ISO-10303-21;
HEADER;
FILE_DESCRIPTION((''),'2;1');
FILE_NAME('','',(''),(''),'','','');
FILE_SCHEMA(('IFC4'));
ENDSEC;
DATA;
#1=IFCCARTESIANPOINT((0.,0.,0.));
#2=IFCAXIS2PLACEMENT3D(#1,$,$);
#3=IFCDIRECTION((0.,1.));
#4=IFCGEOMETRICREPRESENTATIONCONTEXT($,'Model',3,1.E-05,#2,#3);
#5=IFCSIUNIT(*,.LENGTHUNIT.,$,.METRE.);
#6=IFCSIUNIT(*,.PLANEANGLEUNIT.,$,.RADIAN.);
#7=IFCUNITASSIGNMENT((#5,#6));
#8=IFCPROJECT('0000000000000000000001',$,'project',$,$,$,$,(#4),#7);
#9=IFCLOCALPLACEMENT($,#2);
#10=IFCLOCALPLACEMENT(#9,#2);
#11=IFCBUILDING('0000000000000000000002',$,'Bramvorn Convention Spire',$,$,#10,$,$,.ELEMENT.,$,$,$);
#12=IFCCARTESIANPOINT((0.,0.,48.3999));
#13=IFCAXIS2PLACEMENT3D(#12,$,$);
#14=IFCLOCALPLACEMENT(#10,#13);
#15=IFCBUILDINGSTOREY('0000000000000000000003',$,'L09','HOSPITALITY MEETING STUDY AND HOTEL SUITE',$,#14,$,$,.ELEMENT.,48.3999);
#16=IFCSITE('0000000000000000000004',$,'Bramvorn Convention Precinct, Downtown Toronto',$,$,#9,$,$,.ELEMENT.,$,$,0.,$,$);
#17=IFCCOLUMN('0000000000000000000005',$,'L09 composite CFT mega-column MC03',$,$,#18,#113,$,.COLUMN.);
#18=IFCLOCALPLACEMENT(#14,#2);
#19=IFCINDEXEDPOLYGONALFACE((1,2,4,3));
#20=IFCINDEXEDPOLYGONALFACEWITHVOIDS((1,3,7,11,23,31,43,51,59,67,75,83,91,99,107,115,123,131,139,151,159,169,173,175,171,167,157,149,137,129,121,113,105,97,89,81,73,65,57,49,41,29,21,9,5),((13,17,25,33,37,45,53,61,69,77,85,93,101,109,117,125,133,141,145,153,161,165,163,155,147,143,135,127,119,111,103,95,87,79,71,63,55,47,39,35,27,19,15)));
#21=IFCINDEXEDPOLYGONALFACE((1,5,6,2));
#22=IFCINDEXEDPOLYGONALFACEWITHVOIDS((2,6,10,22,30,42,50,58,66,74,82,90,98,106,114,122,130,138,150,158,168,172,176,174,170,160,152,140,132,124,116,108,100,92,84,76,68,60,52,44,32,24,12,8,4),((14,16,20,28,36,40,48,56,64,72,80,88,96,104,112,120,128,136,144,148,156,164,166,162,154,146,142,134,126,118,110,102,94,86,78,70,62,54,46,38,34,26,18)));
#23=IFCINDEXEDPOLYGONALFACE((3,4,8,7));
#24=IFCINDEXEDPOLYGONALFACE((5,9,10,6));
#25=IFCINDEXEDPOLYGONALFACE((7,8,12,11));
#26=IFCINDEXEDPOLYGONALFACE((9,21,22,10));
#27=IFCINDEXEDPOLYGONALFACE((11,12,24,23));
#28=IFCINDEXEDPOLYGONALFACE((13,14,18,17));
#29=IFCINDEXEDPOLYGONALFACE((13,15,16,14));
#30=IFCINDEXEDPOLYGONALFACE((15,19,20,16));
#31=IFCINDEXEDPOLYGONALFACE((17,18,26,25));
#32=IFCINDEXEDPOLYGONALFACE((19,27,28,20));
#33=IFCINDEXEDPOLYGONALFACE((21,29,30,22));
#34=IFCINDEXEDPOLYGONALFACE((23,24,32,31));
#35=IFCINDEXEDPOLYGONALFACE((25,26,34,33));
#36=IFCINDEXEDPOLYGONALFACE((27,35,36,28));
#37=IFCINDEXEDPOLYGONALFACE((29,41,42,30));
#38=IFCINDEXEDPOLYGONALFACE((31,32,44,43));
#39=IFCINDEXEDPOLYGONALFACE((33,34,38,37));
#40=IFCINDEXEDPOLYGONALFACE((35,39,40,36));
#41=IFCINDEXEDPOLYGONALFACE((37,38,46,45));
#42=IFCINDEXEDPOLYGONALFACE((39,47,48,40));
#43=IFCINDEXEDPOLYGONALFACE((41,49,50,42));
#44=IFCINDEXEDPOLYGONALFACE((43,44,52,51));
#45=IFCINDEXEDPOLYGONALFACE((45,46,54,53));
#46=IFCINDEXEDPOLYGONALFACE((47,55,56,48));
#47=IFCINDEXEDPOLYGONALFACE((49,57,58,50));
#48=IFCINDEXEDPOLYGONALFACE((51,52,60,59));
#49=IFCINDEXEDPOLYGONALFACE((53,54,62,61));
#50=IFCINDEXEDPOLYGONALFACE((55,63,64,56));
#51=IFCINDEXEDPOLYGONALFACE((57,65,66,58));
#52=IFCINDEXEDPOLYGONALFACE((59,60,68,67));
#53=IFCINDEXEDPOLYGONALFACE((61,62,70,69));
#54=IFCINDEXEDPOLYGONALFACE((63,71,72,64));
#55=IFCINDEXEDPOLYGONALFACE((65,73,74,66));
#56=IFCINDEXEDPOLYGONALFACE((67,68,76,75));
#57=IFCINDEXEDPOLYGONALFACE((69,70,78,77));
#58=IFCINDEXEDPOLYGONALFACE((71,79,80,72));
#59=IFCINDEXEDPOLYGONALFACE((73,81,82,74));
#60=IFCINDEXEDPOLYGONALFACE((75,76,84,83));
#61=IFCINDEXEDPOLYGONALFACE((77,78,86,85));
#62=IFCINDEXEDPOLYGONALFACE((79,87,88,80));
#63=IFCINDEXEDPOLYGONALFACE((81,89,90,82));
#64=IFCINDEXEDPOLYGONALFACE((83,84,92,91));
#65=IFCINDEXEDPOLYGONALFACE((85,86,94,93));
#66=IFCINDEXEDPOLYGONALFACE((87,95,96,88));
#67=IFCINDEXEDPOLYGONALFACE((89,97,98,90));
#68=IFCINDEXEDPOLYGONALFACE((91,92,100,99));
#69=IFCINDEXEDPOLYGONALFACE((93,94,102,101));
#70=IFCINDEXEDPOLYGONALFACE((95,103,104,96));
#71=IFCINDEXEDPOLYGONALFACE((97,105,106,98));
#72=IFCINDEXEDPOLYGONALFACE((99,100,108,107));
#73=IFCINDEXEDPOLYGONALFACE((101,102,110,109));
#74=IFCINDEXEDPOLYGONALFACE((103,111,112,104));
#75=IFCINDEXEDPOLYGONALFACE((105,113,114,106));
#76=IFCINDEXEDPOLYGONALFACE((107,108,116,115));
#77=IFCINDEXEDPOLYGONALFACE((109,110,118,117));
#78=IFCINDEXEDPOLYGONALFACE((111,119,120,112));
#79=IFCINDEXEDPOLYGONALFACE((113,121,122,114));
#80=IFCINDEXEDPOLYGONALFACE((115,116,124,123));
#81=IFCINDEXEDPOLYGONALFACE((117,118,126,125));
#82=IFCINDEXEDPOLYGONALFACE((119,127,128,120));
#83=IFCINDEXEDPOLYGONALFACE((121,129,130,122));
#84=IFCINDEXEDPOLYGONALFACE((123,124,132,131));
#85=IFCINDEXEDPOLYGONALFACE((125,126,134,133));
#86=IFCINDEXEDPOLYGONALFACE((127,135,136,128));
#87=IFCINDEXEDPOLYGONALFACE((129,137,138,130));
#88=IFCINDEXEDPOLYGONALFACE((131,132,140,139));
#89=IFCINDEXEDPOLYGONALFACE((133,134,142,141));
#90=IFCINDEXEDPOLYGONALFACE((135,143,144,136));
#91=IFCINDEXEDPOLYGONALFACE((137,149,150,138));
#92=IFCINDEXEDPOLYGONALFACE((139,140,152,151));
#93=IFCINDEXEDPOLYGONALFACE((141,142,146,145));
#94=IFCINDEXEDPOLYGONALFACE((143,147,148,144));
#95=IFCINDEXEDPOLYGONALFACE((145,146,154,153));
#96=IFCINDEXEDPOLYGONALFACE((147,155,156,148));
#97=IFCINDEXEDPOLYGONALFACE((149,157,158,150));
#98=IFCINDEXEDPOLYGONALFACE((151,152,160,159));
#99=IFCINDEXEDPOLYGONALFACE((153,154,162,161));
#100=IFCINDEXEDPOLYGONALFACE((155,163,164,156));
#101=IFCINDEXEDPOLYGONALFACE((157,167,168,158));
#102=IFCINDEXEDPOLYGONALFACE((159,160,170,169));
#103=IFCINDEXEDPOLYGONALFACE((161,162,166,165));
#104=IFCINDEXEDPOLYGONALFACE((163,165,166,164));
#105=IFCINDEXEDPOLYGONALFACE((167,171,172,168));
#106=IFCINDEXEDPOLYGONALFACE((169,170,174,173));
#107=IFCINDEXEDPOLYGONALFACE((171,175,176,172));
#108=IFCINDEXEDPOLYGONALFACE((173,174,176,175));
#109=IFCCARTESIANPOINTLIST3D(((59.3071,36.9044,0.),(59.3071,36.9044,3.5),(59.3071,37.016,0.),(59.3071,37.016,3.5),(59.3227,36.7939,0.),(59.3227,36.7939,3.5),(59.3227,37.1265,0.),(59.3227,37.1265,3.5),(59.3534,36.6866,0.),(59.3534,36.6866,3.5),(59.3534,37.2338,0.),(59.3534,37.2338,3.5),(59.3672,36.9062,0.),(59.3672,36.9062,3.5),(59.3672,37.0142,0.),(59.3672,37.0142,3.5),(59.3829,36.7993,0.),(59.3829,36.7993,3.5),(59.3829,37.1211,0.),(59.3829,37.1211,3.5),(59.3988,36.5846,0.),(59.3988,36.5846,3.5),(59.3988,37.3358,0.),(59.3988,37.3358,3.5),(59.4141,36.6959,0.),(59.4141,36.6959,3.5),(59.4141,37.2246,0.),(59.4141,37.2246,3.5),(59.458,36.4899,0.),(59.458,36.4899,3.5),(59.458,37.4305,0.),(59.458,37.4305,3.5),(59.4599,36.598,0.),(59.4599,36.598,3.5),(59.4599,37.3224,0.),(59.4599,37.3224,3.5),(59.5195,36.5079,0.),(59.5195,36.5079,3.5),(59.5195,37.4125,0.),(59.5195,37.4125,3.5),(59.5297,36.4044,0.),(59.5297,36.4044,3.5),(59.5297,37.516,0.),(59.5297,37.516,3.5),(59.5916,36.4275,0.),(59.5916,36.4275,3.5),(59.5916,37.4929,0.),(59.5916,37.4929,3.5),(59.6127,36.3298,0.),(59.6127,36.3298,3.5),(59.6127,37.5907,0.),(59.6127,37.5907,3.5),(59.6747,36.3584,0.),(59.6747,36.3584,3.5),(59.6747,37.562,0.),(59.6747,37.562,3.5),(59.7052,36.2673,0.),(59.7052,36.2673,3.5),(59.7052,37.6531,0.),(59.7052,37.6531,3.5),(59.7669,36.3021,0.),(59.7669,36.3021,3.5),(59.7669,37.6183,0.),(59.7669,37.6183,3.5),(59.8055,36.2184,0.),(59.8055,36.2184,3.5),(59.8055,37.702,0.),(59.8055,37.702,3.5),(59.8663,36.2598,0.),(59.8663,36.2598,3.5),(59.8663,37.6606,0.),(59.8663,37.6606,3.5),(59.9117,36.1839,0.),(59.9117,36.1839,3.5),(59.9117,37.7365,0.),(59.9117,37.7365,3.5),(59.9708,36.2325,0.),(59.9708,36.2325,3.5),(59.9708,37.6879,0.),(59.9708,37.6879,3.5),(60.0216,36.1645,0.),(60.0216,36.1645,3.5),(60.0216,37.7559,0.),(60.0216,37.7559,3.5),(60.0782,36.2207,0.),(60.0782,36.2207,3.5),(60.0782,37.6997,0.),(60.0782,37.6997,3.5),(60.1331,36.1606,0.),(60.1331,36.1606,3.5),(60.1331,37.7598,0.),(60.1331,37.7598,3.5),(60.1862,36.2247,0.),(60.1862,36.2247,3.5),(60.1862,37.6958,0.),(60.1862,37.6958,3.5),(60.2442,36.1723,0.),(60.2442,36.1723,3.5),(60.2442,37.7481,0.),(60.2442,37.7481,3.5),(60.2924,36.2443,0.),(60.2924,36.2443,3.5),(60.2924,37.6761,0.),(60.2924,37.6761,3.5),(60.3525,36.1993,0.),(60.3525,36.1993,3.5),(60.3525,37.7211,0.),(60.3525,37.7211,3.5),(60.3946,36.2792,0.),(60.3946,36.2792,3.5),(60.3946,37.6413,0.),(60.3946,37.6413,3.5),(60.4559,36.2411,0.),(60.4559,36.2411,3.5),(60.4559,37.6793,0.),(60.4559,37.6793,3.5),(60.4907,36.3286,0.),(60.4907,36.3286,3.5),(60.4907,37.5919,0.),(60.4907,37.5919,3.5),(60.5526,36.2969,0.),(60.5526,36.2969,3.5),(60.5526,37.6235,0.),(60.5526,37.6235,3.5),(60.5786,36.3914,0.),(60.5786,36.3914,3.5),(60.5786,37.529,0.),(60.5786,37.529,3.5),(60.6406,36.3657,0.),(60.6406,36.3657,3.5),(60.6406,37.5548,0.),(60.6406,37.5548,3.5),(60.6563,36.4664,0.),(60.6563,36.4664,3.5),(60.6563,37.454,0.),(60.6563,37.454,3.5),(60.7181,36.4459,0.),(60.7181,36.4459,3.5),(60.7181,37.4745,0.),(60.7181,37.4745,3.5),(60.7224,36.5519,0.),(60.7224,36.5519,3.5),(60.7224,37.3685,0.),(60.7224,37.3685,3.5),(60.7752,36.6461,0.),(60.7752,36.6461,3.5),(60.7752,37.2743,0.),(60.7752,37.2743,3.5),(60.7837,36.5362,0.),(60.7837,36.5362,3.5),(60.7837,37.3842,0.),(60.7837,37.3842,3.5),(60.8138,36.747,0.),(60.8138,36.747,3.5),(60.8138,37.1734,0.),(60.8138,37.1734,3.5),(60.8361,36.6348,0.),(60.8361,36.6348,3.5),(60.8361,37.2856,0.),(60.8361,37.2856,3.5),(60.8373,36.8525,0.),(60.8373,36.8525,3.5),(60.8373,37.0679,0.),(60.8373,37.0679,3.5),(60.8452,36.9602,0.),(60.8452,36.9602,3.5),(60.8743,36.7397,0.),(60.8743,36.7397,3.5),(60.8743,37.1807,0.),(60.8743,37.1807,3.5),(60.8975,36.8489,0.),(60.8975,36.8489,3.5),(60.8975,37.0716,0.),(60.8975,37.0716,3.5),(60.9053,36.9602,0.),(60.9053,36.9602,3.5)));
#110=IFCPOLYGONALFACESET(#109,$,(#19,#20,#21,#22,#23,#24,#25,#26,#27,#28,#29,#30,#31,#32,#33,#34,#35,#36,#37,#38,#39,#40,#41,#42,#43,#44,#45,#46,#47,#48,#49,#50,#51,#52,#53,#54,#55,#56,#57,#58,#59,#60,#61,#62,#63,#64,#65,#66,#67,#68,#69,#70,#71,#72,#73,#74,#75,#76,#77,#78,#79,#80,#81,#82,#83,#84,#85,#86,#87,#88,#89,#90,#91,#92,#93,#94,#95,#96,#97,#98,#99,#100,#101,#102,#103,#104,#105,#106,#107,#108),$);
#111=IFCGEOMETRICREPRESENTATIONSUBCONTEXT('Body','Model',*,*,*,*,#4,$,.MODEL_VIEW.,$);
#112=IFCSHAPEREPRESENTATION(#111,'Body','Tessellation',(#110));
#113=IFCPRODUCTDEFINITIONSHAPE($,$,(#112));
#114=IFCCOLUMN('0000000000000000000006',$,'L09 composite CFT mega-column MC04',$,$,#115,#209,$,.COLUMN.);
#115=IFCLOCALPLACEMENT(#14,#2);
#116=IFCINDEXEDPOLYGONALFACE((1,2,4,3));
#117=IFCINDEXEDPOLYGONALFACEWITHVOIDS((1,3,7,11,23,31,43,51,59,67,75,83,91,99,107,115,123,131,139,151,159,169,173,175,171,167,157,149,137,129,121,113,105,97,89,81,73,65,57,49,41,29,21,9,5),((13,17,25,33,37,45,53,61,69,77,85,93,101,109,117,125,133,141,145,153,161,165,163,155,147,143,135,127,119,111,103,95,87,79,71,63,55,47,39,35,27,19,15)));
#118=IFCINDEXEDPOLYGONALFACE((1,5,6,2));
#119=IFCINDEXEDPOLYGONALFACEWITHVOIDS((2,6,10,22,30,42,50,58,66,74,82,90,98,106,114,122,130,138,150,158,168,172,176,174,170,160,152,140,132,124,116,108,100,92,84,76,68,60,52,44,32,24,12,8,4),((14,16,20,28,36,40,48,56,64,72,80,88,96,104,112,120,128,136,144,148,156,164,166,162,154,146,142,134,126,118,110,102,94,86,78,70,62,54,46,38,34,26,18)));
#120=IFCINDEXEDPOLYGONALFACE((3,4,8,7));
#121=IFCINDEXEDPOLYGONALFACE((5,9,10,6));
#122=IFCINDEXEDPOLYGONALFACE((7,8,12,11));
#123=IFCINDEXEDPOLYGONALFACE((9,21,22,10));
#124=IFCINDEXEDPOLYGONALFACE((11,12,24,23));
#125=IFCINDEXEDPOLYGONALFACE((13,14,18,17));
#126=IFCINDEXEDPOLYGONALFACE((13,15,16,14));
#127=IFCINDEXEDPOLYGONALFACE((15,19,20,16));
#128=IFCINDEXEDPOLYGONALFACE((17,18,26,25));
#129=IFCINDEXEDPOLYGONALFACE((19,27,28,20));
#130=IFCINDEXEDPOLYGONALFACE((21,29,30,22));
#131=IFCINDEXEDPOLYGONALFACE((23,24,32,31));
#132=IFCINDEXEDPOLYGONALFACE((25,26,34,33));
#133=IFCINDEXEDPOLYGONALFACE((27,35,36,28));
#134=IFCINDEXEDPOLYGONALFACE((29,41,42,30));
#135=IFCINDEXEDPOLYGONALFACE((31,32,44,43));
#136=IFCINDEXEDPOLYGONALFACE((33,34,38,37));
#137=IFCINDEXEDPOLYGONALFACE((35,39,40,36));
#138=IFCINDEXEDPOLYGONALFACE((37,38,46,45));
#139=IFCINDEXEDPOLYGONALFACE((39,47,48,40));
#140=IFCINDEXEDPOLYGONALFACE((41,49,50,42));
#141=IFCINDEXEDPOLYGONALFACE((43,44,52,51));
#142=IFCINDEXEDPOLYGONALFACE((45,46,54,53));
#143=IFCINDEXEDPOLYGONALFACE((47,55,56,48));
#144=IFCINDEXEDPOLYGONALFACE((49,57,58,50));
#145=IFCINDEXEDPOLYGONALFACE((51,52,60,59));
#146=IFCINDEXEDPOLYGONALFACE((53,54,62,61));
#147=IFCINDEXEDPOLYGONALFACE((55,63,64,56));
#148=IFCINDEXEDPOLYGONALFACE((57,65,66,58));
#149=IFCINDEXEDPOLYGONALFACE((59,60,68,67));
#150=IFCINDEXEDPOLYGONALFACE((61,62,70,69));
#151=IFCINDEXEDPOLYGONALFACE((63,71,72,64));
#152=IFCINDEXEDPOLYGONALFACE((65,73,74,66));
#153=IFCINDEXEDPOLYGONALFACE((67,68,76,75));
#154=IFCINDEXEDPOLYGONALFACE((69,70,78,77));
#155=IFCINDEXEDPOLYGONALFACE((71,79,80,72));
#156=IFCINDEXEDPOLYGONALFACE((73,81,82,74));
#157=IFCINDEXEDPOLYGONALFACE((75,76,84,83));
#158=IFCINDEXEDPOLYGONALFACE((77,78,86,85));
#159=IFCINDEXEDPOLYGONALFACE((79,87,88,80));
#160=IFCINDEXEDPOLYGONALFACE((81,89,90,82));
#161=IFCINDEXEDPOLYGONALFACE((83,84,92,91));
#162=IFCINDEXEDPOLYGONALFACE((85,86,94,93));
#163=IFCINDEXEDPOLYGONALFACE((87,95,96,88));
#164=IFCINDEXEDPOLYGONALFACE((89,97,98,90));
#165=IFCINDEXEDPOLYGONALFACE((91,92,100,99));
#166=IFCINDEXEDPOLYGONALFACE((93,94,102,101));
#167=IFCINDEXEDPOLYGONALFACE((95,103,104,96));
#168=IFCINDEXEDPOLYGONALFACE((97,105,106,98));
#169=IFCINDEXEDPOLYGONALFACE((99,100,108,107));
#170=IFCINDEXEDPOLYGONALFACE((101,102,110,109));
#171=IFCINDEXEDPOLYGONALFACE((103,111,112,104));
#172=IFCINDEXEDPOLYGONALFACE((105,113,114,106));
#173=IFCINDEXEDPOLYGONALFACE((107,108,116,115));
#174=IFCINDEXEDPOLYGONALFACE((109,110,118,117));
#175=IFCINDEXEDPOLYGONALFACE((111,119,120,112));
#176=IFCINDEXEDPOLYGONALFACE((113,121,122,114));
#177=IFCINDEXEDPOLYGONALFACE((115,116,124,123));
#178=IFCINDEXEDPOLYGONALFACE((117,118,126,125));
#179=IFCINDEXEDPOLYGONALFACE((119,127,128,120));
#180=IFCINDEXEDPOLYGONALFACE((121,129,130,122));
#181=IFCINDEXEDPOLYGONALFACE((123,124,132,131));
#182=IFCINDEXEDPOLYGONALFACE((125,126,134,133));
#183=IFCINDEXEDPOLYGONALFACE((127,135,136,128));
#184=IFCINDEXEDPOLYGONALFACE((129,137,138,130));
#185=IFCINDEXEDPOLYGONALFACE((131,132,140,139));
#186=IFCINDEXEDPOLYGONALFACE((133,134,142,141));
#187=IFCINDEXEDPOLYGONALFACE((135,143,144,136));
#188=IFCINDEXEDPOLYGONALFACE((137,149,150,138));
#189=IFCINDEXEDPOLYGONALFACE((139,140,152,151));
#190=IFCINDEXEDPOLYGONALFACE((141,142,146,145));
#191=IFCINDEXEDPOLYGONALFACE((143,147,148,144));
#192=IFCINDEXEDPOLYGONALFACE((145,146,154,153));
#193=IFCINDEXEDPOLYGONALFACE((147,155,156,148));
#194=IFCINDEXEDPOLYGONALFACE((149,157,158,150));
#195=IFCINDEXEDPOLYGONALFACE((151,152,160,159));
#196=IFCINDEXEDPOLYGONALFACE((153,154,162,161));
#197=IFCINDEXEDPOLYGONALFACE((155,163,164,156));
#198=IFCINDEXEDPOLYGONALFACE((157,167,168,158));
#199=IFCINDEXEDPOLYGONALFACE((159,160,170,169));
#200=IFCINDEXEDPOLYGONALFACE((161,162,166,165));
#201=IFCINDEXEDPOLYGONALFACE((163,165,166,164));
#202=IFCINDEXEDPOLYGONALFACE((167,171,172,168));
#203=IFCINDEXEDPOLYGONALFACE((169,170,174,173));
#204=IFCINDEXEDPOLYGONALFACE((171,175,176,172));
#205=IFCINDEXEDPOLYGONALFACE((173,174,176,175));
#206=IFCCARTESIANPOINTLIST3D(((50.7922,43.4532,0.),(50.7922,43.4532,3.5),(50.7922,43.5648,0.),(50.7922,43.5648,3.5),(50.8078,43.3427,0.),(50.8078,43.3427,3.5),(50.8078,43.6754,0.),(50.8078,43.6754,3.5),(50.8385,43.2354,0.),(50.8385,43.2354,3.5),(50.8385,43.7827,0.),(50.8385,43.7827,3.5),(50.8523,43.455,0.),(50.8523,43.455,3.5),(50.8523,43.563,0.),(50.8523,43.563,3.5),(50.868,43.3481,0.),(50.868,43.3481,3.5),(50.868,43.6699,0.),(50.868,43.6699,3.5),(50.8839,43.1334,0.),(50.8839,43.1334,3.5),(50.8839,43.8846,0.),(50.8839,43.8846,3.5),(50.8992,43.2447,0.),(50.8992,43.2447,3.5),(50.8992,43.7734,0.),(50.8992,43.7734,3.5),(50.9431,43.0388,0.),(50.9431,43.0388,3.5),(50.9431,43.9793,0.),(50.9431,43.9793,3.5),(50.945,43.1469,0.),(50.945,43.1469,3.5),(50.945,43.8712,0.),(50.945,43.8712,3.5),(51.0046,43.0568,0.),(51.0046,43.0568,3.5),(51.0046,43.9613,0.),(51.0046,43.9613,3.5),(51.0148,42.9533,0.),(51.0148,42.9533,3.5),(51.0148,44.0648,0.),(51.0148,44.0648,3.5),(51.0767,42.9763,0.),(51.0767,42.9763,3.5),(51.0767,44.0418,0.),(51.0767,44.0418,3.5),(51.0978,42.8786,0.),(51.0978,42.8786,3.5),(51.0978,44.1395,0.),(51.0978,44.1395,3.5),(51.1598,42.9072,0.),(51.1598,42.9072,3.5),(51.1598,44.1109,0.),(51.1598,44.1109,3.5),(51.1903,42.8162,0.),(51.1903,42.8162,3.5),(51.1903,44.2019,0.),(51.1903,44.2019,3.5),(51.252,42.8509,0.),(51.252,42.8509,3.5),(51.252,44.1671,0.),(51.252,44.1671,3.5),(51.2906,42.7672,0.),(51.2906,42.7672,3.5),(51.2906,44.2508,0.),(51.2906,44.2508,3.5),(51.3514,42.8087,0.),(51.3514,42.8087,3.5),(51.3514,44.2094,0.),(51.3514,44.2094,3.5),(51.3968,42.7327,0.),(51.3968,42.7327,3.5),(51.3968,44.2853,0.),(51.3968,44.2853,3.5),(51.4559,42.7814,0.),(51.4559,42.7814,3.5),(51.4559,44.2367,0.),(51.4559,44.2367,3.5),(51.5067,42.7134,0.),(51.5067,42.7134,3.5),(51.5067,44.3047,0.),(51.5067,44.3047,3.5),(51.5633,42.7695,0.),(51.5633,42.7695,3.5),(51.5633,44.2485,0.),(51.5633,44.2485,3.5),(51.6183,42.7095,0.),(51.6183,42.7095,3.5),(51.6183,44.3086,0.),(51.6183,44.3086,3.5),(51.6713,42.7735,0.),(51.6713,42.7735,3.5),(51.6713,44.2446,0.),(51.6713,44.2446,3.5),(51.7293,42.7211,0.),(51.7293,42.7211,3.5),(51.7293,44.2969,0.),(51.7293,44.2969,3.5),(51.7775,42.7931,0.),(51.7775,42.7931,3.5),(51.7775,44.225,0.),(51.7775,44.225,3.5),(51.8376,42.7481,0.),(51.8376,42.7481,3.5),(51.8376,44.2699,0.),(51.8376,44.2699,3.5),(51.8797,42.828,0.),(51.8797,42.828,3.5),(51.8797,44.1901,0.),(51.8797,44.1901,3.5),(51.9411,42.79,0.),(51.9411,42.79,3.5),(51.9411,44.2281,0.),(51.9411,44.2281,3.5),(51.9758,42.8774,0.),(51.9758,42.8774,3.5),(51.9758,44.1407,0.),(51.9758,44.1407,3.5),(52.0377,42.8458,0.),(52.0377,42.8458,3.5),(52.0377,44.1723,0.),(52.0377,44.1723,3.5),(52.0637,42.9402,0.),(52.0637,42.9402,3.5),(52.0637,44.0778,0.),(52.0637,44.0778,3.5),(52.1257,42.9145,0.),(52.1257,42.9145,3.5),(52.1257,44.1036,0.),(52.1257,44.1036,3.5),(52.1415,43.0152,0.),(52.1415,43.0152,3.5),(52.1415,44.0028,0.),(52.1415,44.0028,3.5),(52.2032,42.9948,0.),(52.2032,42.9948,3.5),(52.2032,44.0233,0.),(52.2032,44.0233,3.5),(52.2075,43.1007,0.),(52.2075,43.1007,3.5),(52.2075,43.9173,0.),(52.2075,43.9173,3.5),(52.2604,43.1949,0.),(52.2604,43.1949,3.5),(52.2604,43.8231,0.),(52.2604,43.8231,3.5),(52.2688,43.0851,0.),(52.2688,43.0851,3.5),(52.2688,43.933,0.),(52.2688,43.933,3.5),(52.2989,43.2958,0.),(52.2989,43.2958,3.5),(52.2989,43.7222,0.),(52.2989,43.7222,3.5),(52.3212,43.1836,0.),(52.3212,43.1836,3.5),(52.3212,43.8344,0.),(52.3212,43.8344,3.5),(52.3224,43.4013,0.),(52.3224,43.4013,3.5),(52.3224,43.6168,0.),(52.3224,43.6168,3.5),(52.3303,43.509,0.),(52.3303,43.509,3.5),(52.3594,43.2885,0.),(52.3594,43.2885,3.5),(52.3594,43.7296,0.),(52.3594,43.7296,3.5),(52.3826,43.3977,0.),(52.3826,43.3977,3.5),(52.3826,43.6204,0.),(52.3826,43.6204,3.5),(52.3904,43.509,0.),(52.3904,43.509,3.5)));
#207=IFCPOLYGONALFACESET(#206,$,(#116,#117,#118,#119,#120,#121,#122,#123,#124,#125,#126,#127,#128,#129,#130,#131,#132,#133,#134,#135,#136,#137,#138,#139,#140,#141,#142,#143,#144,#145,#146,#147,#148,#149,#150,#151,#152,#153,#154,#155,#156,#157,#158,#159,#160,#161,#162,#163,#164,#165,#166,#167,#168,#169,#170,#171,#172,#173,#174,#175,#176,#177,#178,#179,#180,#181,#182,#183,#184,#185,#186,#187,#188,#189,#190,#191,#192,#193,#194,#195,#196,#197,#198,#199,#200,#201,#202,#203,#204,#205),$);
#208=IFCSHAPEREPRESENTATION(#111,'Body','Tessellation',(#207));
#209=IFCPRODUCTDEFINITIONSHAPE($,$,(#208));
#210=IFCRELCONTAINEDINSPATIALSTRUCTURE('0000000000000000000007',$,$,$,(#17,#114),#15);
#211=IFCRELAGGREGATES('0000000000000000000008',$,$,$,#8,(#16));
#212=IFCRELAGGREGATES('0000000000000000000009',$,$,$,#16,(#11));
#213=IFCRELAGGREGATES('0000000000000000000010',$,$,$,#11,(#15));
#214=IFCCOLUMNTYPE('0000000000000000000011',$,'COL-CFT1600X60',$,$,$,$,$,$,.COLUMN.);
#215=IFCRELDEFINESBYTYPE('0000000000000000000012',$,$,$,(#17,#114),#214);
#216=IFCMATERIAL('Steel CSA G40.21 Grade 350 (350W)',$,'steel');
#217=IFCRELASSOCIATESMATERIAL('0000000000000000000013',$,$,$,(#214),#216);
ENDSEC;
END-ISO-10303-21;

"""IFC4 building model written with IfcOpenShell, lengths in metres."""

from ifc_helpers import new_model, si_unit, direction, frame, origin, origin_2d, place, context, subcontext, project, spatial, hollow_circle, extrude, material, material_profile, profile_set, type_object, element, save


model = new_model("IFC4")

# Units and contexts
model_context = context("Model", 3, precision=1e-05, world=origin(), true_north=direction((0.0, 1.0)))
body_context = subcontext(model_context, "Body", "Model", "MODEL_VIEW")
ifc_project = project(units=[si_unit("LENGTHUNIT", "METRE"), si_unit("PLANEANGLEUNIT", "RADIAN")], contexts=[model_context])

# Site, building, storey
site_placement = place(None, origin())
site = spatial("IfcSite", under=ifc_project, at=site_placement, Name="Bramvorn Convention Precinct, Downtown Toronto", CompositionType="ELEMENT", RefElevation=0.0)
building_placement = place(site_placement, origin())
building = spatial("IfcBuilding", under=site, at=building_placement, Name="Bramvorn Convention Spire", CompositionType="ELEMENT")
storey_placement = place(building_placement, frame((0.0, 0.0, 48.3999)))
storey = spatial("IfcBuildingStorey", under=building, at=storey_placement, Name="L09", Description="HOSPITALITY MEETING STUDY AND HOTEL SUITE", CompositionType="ELEMENT", Elevation=48.3999)

# Columns
ifc_material_1 = material(Name="Steel CSA G40.21 Grade 350 (350W)", Category="steel")
ifc_material_profile_1 = material_profile(ifc_material_1, hollow_circle(Radius=0.8, WallThickness=0.0601, at=origin_2d()))
ifc_profile_set_1 = profile_set([ifc_material_profile_1], Name="Steel CSA G40.21 Grade 350 (350W) - CFT1600X60")
column_type = type_object("IfcColumnType", Name="COL-CFT1600X60", PredefinedType="COLUMN", material=ifc_profile_set_1)
for number, where, z_axis, x_axis, name in (
    (1, (60.1052, 36.9602, 0.0), (0.0, 0.0, 1.0), (1.0, 0.0, 0.0), "L09 composite CFT mega-column MC03"),
    (2, (51.5903, 43.509, 0.0), (0.0, 0.0, 1.0), (1.0, 0.0, 0.0), "L09 composite CFT mega-column MC04"),
):
    element("IfcColumn", number, at=place(storey_placement, frame(where, z_axis=z_axis, x_axis=x_axis)), inside=storey, type_object=column_type, Name=name, PredefinedType="COLUMN", context=body_context, shape_type="SweptSolid", body=[
        extrude(hollow_circle(Radius=0.8, WallThickness=0.0601, at=origin_2d()), origin(), (0.0, 0.0, 1.0), 3.5),
    ])

save(model, "model.ifc")
